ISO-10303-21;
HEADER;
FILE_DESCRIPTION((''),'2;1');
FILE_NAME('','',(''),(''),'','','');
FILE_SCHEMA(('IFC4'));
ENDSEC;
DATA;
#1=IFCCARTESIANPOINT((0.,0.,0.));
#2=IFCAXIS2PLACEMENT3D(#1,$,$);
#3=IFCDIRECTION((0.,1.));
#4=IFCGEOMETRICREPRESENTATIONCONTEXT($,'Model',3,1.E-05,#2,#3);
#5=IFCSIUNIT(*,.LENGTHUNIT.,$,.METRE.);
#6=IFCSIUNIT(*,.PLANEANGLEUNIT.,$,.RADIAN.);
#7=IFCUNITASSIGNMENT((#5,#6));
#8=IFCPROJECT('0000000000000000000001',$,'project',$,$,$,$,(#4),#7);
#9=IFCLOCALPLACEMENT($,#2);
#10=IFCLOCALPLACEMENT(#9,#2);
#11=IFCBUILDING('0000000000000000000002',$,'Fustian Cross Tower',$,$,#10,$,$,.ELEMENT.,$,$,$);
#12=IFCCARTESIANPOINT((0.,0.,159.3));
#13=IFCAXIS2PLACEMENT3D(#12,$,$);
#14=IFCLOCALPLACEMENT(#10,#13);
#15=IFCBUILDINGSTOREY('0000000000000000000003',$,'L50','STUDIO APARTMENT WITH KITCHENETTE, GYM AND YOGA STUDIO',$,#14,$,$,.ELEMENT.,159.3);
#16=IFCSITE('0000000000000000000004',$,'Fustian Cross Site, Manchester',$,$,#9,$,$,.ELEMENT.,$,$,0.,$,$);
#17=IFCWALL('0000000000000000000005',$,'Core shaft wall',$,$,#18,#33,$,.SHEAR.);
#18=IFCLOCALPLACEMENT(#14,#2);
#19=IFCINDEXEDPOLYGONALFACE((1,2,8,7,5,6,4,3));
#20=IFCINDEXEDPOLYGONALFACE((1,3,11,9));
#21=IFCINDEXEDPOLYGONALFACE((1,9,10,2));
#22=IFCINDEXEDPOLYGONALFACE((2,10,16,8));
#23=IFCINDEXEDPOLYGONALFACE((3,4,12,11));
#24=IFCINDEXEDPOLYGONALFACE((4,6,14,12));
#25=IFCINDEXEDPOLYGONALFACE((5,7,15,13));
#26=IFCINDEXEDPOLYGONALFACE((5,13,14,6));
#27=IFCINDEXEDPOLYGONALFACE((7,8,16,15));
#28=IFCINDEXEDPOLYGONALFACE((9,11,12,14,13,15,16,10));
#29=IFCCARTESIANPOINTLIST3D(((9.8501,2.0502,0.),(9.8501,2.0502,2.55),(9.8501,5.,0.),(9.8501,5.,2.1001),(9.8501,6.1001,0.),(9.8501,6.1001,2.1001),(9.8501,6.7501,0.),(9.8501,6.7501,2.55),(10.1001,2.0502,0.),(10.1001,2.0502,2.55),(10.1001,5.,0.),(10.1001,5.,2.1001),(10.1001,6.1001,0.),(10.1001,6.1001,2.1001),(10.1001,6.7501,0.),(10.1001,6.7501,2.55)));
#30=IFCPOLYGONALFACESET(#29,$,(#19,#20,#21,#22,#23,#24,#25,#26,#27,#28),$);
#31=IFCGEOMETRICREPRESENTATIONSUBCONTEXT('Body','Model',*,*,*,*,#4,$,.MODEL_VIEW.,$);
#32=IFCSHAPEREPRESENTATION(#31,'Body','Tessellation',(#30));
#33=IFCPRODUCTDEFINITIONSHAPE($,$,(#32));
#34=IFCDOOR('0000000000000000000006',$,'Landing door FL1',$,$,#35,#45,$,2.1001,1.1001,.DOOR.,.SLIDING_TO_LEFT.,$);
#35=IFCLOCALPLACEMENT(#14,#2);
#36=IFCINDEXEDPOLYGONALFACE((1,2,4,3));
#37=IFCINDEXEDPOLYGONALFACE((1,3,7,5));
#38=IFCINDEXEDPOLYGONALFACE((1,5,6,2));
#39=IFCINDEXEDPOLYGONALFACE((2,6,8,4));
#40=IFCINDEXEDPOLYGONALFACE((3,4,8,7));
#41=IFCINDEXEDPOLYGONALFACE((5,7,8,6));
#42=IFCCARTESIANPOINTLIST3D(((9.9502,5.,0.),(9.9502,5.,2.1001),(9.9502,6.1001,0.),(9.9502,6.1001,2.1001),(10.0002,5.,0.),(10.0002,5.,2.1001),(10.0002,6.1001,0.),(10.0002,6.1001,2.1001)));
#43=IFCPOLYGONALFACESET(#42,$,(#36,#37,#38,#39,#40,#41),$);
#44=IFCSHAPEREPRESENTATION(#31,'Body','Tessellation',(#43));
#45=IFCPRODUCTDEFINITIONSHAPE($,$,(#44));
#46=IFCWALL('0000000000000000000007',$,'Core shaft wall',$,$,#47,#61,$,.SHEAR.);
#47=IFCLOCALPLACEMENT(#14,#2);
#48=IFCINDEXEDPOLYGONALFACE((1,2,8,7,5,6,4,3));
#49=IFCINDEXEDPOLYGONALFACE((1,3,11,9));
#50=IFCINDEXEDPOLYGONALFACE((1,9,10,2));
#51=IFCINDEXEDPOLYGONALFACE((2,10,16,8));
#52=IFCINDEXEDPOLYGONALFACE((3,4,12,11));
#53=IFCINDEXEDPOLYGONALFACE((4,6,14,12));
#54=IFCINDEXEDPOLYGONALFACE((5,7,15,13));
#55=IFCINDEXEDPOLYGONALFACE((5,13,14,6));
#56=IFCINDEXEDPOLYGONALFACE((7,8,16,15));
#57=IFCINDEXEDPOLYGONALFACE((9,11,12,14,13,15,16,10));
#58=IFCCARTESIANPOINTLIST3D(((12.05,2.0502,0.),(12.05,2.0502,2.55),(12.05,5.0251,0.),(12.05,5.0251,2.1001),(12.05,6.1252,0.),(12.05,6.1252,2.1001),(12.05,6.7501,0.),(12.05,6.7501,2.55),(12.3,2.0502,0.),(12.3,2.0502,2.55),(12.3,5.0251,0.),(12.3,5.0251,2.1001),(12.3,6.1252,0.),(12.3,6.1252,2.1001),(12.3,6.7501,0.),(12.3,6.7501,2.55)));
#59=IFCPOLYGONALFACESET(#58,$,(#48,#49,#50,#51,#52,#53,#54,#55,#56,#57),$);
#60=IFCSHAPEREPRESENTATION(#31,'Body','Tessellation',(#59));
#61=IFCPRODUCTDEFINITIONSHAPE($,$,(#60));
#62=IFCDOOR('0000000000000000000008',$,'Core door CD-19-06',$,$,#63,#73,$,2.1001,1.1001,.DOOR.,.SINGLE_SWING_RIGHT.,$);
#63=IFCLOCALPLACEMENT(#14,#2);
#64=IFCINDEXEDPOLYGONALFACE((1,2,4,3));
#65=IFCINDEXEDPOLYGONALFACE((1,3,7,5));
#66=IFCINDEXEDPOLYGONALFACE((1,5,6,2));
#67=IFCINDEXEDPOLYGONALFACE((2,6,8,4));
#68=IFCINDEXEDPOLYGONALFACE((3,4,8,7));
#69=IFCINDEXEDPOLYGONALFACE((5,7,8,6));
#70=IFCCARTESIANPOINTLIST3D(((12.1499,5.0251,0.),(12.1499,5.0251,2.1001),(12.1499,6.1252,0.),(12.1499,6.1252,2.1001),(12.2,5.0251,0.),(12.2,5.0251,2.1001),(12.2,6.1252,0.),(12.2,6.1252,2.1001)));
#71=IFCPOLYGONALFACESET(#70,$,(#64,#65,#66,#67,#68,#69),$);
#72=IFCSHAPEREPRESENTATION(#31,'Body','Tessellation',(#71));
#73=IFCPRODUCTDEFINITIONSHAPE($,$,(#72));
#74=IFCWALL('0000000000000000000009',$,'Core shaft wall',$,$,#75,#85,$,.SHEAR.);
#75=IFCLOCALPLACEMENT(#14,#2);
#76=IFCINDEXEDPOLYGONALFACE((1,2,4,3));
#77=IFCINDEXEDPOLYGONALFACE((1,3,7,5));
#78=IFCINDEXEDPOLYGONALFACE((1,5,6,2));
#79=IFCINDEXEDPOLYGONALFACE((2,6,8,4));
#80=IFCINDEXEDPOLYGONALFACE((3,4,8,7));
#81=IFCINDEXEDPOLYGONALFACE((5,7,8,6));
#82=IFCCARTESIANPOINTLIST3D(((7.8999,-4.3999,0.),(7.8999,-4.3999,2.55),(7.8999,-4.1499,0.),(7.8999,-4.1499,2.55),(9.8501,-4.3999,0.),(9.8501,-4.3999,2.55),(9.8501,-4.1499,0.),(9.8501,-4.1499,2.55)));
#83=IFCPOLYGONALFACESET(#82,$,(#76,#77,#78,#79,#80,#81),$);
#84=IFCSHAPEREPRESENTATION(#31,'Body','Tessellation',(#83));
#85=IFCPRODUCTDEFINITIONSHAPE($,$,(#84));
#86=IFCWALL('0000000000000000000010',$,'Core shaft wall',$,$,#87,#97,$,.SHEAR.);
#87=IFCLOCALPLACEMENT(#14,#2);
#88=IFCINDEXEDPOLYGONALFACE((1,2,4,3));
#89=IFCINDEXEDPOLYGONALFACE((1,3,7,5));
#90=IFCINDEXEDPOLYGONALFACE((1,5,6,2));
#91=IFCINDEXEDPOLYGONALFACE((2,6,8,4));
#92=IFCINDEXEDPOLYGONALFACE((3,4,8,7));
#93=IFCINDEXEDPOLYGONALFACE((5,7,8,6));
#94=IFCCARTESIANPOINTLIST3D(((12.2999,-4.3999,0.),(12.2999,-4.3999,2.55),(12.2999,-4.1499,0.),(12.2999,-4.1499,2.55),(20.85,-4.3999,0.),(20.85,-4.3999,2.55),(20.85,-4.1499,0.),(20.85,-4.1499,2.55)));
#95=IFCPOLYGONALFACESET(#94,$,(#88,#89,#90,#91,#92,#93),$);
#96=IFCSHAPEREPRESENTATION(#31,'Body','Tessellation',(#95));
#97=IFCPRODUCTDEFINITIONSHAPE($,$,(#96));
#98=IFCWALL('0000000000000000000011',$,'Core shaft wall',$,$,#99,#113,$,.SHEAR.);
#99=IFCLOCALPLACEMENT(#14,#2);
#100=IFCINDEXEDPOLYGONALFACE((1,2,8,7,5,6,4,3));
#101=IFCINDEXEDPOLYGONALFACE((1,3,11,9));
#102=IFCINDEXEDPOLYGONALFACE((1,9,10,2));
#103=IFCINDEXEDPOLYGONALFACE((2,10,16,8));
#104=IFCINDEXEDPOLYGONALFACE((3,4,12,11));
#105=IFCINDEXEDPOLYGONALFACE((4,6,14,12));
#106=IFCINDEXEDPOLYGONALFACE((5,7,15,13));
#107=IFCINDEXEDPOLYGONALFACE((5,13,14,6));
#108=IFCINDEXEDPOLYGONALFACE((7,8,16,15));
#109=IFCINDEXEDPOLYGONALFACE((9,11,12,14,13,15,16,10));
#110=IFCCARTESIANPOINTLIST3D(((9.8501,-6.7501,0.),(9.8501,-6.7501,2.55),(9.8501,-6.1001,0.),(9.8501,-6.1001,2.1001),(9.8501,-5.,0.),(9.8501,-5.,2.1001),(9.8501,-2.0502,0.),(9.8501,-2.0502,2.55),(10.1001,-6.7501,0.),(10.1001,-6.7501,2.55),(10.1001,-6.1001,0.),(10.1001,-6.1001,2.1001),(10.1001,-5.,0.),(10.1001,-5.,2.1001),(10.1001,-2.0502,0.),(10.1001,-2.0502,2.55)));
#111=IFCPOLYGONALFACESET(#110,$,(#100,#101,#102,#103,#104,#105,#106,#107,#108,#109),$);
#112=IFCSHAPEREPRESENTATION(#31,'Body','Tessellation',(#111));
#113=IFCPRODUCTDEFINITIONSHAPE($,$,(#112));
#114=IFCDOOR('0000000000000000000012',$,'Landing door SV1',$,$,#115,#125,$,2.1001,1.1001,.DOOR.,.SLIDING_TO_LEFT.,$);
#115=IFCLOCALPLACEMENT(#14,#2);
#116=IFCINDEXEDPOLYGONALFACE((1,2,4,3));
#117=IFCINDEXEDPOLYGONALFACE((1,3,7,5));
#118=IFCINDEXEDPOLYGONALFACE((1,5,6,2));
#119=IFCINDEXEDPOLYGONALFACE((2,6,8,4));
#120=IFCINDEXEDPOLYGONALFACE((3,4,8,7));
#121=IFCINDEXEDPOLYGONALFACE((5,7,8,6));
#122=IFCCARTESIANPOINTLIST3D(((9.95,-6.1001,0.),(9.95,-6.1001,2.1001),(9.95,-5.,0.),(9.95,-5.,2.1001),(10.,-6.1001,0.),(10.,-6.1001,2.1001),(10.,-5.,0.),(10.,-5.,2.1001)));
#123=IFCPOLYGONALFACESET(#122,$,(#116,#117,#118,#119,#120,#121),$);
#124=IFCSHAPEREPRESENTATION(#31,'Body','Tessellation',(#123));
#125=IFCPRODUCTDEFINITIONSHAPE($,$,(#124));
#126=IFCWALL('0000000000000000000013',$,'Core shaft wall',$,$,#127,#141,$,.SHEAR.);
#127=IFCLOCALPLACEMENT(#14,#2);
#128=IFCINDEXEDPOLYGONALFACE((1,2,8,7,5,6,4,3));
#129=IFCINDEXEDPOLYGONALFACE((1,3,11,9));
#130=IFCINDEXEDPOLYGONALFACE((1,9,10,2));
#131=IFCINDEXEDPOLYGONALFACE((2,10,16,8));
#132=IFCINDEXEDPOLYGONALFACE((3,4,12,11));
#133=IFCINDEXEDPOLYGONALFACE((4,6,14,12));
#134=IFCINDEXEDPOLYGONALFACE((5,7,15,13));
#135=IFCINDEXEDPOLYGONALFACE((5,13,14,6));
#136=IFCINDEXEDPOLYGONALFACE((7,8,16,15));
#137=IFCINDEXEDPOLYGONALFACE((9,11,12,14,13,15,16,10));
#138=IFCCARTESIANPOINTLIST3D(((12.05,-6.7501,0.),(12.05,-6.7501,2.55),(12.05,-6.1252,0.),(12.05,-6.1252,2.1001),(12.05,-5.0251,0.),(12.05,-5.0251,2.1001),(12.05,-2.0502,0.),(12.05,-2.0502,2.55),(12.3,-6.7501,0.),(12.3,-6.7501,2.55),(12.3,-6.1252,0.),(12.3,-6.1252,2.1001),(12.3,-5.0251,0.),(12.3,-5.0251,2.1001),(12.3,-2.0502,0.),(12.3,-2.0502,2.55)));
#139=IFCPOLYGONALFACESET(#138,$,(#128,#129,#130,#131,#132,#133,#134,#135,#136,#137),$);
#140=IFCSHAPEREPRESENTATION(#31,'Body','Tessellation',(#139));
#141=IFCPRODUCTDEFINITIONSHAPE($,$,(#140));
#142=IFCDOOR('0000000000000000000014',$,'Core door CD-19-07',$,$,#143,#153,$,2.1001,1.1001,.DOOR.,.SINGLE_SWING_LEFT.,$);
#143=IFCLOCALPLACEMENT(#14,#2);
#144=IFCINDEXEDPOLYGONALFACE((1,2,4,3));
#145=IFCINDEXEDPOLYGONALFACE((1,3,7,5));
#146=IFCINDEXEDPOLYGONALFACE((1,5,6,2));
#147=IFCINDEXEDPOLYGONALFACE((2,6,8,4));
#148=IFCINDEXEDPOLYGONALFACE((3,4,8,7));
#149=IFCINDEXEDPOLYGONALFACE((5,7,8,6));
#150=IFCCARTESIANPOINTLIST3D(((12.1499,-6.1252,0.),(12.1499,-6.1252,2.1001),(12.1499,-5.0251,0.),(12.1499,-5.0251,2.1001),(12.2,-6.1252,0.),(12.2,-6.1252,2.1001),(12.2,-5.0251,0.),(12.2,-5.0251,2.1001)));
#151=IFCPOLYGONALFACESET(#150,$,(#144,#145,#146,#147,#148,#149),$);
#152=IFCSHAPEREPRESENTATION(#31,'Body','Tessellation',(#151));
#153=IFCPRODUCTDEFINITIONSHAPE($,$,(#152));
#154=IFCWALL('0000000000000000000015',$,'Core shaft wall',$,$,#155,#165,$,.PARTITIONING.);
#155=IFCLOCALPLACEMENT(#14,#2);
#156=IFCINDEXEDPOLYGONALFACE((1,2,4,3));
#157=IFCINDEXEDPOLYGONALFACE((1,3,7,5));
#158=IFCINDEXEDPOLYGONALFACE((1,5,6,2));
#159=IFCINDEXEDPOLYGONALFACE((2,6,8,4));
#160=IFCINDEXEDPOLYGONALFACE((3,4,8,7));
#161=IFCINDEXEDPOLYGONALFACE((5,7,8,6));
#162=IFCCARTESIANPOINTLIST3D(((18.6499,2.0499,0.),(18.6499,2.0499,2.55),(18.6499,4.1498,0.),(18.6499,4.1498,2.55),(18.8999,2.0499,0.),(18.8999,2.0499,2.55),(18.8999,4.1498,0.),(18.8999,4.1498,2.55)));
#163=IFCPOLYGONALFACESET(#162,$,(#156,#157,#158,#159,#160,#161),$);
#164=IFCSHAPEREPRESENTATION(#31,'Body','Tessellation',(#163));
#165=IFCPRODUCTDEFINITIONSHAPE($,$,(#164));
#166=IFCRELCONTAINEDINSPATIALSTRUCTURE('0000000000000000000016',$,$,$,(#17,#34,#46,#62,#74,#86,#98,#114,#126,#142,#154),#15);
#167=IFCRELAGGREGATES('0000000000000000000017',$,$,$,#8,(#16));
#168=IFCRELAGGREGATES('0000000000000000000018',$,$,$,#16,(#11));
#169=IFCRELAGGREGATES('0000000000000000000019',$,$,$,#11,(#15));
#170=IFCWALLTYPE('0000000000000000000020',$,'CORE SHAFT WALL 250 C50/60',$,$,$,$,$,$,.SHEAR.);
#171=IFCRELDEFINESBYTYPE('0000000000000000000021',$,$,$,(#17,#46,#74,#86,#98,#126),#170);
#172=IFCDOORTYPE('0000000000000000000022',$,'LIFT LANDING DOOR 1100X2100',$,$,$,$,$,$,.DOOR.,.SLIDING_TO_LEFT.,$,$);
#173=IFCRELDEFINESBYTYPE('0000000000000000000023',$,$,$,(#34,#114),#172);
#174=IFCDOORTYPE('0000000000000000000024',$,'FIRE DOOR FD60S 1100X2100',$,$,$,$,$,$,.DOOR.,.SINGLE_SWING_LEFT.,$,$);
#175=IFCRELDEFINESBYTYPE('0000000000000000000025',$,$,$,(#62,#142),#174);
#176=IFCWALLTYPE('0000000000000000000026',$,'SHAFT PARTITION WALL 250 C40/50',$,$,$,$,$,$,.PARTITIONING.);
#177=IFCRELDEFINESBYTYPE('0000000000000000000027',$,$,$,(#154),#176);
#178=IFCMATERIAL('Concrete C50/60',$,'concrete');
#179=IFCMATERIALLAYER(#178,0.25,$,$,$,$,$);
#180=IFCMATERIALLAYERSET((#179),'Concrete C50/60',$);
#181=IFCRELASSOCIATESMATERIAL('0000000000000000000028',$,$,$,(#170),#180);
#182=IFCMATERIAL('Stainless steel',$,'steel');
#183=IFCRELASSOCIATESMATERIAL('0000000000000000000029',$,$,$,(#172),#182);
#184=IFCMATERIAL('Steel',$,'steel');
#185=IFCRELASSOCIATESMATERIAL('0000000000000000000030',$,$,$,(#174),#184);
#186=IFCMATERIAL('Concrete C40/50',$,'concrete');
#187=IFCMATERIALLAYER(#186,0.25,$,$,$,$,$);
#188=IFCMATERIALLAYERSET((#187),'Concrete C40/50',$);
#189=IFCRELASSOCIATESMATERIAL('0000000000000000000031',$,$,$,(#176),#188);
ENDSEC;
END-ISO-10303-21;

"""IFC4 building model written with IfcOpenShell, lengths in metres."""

from ifc_helpers import new_model, si_unit, direction, frame, frame_2d, origin, place, context, subcontext, project, spatial, rectangle, extrude, material, layer, layer_set, type_object, element, fill, save


model = new_model("IFC4")

# Units and contexts
model_context = context("Model", 3, precision=1e-05, world=origin(), true_north=direction((0.0, 1.0)))
body_context = subcontext(model_context, "Body", "Model", "MODEL_VIEW")
ifc_project = project(units=[si_unit("LENGTHUNIT", "METRE"), si_unit("PLANEANGLEUNIT", "RADIAN")], contexts=[model_context])

# Site, building, storey
site_placement = place(None, origin())
site = spatial("IfcSite", under=ifc_project, at=site_placement, Name="Fustian Cross Site, Manchester", CompositionType="ELEMENT", RefElevation=0.0)
building_placement = place(site_placement, origin())
building = spatial("IfcBuilding", under=site, at=building_placement, Name="Fustian Cross Tower", CompositionType="ELEMENT")
storey_placement = place(building_placement, frame((0.0, 0.0, 159.3)))
storey = spatial("IfcBuildingStorey", under=building, at=storey_placement, Name="L50", Description="STUDIO APARTMENT WITH KITCHENETTE, GYM AND YOGA STUDIO", CompositionType="ELEMENT", Elevation=159.3)

# Shared definitions
ifc_material_1 = material(Name="Concrete C50/60", Category="concrete")
ifc_layer_1 = layer(ifc_material_1, 0.25)
ifc_layer_set_1 = layer_set([ifc_layer_1], Name="Concrete C50/60")
wall_type_1 = type_object("IfcWallType", Name="CORE SHAFT WALL 250 C50/60", PredefinedType="SHEAR", material=ifc_layer_set_1)

# Walls, openings, doors
wall_1_placement = place(storey_placement, frame((9.9751, 2.05, 0.0), z_axis=(0.0, 0.0, 1.0), x_axis=(0.0, 1.0, 0.0)))
wall_1 = element("IfcWall", 1, at=wall_1_placement, inside=storey, type_object=wall_type_1, Name="Core shaft wall", PredefinedType="SHEAR", context=body_context, shape_type="SweptSolid", body=[
    extrude(rectangle(XDim=4.7, YDim=0.25, at=frame_2d((2.3501, 0.0))), origin(), (0.0, 0.0, 1.0), 2.55),
])
opening_1_placement = place(wall_1_placement, frame((2.95, 0.0, 0.0)))
opening_1 = element("IfcOpeningElement", 2, at=opening_1_placement, cuts=wall_1, PredefinedType="OPENING", context=body_context, shape_type="SweptSolid", body=[
    extrude(rectangle(XDim=1.1001, YDim=2.1001, at=frame_2d((0.55, 1.05))), frame((0.0, 0.135, 0.0), z_axis=(0.0, -1.0, 0.0), x_axis=(1.0, 0.0, 0.0)), (0.0, 0.0, 1.0), 0.27),
])
ifc_material_2 = material(Name="Stainless steel", Category="steel")
door_type_1 = type_object("IfcDoorType", Name="LIFT LANDING DOOR 1100X2100", OperationType="SLIDING_TO_LEFT", PredefinedType="DOOR", material=ifc_material_2)
door_1_placement = place(opening_1_placement, origin())
door_1 = element("IfcDoor", 3, at=door_1_placement, inside=storey, type_object=door_type_1, Name="Landing door FL1", OperationType="SLIDING_TO_LEFT", OverallHeight=2.1001, OverallWidth=1.1001, PredefinedType="DOOR", context=body_context, shape_type="SweptSolid", body=[
    extrude(rectangle(XDim=1.1001, YDim=2.1001, at=frame_2d((0.55, 1.05))), frame((0.0, 0.0249, 0.0), z_axis=(0.0, -1.0, 0.0), x_axis=(1.0, 0.0, 0.0)), (0.0, 0.0, 1.0), 0.05),
])
fill(opening_1, door_1)
wall_2_placement = place(storey_placement, frame((12.175, 2.05, 0.0), z_axis=(0.0, 0.0, 1.0), x_axis=(0.0, 1.0, 0.0)))
wall_2 = element("IfcWall", 4, at=wall_2_placement, inside=storey, type_object=wall_type_1, Name="Core shaft wall", PredefinedType="SHEAR", context=body_context, shape_type="SweptSolid", body=[
    extrude(rectangle(XDim=4.7, YDim=0.25, at=frame_2d((2.3501, 0.0))), origin(), (0.0, 0.0, 1.0), 2.55),
])
opening_2_placement = place(wall_2_placement, frame((2.9751, 0.0, 0.0)))
opening_2 = element("IfcOpeningElement", 5, at=opening_2_placement, cuts=wall_2, PredefinedType="OPENING", context=body_context, shape_type="SweptSolid", body=[
    extrude(rectangle(XDim=1.1001, YDim=2.1001, at=frame_2d((0.55, 1.05))), frame((0.0, 0.135, 0.0), z_axis=(0.0, -1.0, 0.0), x_axis=(1.0, 0.0, 0.0)), (0.0, 0.0, 1.0), 0.27),
])
ifc_material_3 = material(Name="Steel", Category="steel")
door_type_2 = type_object("IfcDoorType", Name="FIRE DOOR FD60S 1100X2100", OperationType="SINGLE_SWING_LEFT", PredefinedType="DOOR", material=ifc_material_3)
door_2_placement = place(opening_2_placement, frame((1.1001, 0.0, 0.0), z_axis=(0.0, 0.0, 1.0), x_axis=(-1.0, 0.0, 0.0)))
door_2 = element("IfcDoor", 6, at=door_2_placement, inside=storey, type_object=door_type_2, Name="Core door CD-19-06", OperationType="SINGLE_SWING_RIGHT", OverallHeight=2.1001, OverallWidth=1.1001, PredefinedType="DOOR", context=body_context, shape_type="SweptSolid", body=[
    extrude(rectangle(XDim=1.1001, YDim=2.1001, at=frame_2d((0.55, 1.05))), frame((0.0, 0.0249, 0.0), z_axis=(0.0, -1.0, 0.0), x_axis=(1.0, 0.0, 0.0)), (0.0, 0.0, 1.0), 0.05),
])
fill(opening_2, door_2)

# Walls
wall_3_placement = place(storey_placement, frame((7.8999, -4.2749, 0.0), z_axis=(0.0, 0.0, 1.0), x_axis=(1.0, 0.0, 0.0)))
element("IfcWall", 7, at=wall_3_placement, inside=storey, type_object=wall_type_1, Name="Core shaft wall", PredefinedType="SHEAR", context=body_context, shape_type="SweptSolid", body=[
    extrude(rectangle(XDim=1.9502, YDim=0.25, at=frame_2d((0.9751, 0.0))), origin(), (0.0, 0.0, 1.0), 2.55),
])
wall_4_placement = place(storey_placement, frame((12.3, -4.2749, 0.0), z_axis=(0.0, 0.0, 1.0), x_axis=(1.0, 0.0, 0.0)))
element("IfcWall", 8, at=wall_4_placement, inside=storey, type_object=wall_type_1, Name="Core shaft wall", PredefinedType="SHEAR", context=body_context, shape_type="SweptSolid", body=[
    extrude(rectangle(XDim=8.55, YDim=0.25, at=frame_2d((4.2749, 0.0))), origin(), (0.0, 0.0, 1.0), 2.55),
])

# Walls, openings, doors
wall_5_placement = place(storey_placement, frame((9.9751, -2.05, 0.0), z_axis=(0.0, 0.0, 1.0), x_axis=(0.0, -1.0, 0.0)))
wall_5 = element("IfcWall", 9, at=wall_5_placement, inside=storey, type_object=wall_type_1, Name="Core shaft wall", PredefinedType="SHEAR", context=body_context, shape_type="SweptSolid", body=[
    extrude(rectangle(XDim=4.7, YDim=0.25, at=frame_2d((2.3501, 0.0))), origin(), (0.0, 0.0, 1.0), 2.55),
])
opening_3_placement = place(wall_5_placement, frame((2.95, 0.0, 0.0)))
opening_3 = element("IfcOpeningElement", 10, at=opening_3_placement, cuts=wall_5, PredefinedType="OPENING", context=body_context, shape_type="SweptSolid", body=[
    extrude(rectangle(XDim=1.1001, YDim=2.1001, at=frame_2d((0.55, 1.05))), frame((0.0, 0.135, 0.0), z_axis=(0.0, -1.0, 0.0), x_axis=(1.0, 0.0, 0.0)), (0.0, 0.0, 1.0), 0.27),
])
door_3_placement = place(opening_3_placement, origin())
door_3 = element("IfcDoor", 11, at=door_3_placement, inside=storey, type_object=door_type_1, Name="Landing door SV1", OperationType="SLIDING_TO_LEFT", OverallHeight=2.1001, OverallWidth=1.1001, PredefinedType="DOOR", context=body_context, shape_type="SweptSolid", body=[
    extrude(rectangle(XDim=1.1001, YDim=2.1001, at=frame_2d((0.55, 1.05))), frame((0.0, 0.0249, 0.0), z_axis=(0.0, -1.0, 0.0), x_axis=(1.0, 0.0, 0.0)), (0.0, 0.0, 1.0), 0.05),
])
fill(opening_3, door_3)
wall_6_placement = place(storey_placement, frame((12.175, -2.05, 0.0), z_axis=(0.0, 0.0, 1.0), x_axis=(0.0, -1.0, 0.0)))
wall_6 = element("IfcWall", 12, at=wall_6_placement, inside=storey, type_object=wall_type_1, Name="Core shaft wall", PredefinedType="SHEAR", context=body_context, shape_type="SweptSolid", body=[
    extrude(rectangle(XDim=4.7, YDim=0.25, at=frame_2d((2.3501, 0.0))), origin(), (0.0, 0.0, 1.0), 2.55),
])
opening_4_placement = place(wall_6_placement, frame((2.9751, 0.0, 0.0)))
opening_4 = element("IfcOpeningElement", 13, at=opening_4_placement, cuts=wall_6, PredefinedType="OPENING", context=body_context, shape_type="SweptSolid", body=[
    extrude(rectangle(XDim=1.1001, YDim=2.1001, at=frame_2d((0.55, 1.05))), frame((0.0, 0.135, 0.0), z_axis=(0.0, -1.0, 0.0), x_axis=(1.0, 0.0, 0.0)), (0.0, 0.0, 1.0), 0.27),
])
door_4_placement = place(opening_4_placement, origin())
door_4 = element("IfcDoor", 14, at=door_4_placement, inside=storey, type_object=door_type_2, Name="Core door CD-19-07", OperationType="SINGLE_SWING_LEFT", OverallHeight=2.1001, OverallWidth=1.1001, PredefinedType="DOOR", context=body_context, shape_type="SweptSolid", body=[
    extrude(rectangle(XDim=1.1001, YDim=2.1001, at=frame_2d((0.55, 1.05))), frame((0.0, 0.0249, 0.0), z_axis=(0.0, -1.0, 0.0), x_axis=(1.0, 0.0, 0.0)), (0.0, 0.0, 1.0), 0.05),
])
fill(opening_4, door_4)

# Wall
ifc_material_4 = material(Name="Concrete C40/50", Category="concrete")
ifc_layer_2 = layer(ifc_material_4, 0.25)
ifc_layer_set_2 = layer_set([ifc_layer_2], Name="Concrete C40/50")
wall_type_2 = type_object("IfcWallType", Name="SHAFT PARTITION WALL 250 C40/50", PredefinedType="PARTITIONING", material=ifc_layer_set_2)
wall_7_placement = place(storey_placement, frame((18.7749, 2.05, 0.0), z_axis=(0.0, 0.0, 1.0), x_axis=(0.0, 1.0, 0.0)))
element("IfcWall", 15, at=wall_7_placement, inside=storey, type_object=wall_type_2, Name="Core shaft wall", PredefinedType="PARTITIONING", context=body_context, shape_type="SweptSolid", body=[
    extrude(rectangle(XDim=2.0999, YDim=0.25, at=frame_2d((1.0498, 0.0))), origin(), (0.0, 0.0, 1.0), 2.55),
])

save(model, "model.ifc")
